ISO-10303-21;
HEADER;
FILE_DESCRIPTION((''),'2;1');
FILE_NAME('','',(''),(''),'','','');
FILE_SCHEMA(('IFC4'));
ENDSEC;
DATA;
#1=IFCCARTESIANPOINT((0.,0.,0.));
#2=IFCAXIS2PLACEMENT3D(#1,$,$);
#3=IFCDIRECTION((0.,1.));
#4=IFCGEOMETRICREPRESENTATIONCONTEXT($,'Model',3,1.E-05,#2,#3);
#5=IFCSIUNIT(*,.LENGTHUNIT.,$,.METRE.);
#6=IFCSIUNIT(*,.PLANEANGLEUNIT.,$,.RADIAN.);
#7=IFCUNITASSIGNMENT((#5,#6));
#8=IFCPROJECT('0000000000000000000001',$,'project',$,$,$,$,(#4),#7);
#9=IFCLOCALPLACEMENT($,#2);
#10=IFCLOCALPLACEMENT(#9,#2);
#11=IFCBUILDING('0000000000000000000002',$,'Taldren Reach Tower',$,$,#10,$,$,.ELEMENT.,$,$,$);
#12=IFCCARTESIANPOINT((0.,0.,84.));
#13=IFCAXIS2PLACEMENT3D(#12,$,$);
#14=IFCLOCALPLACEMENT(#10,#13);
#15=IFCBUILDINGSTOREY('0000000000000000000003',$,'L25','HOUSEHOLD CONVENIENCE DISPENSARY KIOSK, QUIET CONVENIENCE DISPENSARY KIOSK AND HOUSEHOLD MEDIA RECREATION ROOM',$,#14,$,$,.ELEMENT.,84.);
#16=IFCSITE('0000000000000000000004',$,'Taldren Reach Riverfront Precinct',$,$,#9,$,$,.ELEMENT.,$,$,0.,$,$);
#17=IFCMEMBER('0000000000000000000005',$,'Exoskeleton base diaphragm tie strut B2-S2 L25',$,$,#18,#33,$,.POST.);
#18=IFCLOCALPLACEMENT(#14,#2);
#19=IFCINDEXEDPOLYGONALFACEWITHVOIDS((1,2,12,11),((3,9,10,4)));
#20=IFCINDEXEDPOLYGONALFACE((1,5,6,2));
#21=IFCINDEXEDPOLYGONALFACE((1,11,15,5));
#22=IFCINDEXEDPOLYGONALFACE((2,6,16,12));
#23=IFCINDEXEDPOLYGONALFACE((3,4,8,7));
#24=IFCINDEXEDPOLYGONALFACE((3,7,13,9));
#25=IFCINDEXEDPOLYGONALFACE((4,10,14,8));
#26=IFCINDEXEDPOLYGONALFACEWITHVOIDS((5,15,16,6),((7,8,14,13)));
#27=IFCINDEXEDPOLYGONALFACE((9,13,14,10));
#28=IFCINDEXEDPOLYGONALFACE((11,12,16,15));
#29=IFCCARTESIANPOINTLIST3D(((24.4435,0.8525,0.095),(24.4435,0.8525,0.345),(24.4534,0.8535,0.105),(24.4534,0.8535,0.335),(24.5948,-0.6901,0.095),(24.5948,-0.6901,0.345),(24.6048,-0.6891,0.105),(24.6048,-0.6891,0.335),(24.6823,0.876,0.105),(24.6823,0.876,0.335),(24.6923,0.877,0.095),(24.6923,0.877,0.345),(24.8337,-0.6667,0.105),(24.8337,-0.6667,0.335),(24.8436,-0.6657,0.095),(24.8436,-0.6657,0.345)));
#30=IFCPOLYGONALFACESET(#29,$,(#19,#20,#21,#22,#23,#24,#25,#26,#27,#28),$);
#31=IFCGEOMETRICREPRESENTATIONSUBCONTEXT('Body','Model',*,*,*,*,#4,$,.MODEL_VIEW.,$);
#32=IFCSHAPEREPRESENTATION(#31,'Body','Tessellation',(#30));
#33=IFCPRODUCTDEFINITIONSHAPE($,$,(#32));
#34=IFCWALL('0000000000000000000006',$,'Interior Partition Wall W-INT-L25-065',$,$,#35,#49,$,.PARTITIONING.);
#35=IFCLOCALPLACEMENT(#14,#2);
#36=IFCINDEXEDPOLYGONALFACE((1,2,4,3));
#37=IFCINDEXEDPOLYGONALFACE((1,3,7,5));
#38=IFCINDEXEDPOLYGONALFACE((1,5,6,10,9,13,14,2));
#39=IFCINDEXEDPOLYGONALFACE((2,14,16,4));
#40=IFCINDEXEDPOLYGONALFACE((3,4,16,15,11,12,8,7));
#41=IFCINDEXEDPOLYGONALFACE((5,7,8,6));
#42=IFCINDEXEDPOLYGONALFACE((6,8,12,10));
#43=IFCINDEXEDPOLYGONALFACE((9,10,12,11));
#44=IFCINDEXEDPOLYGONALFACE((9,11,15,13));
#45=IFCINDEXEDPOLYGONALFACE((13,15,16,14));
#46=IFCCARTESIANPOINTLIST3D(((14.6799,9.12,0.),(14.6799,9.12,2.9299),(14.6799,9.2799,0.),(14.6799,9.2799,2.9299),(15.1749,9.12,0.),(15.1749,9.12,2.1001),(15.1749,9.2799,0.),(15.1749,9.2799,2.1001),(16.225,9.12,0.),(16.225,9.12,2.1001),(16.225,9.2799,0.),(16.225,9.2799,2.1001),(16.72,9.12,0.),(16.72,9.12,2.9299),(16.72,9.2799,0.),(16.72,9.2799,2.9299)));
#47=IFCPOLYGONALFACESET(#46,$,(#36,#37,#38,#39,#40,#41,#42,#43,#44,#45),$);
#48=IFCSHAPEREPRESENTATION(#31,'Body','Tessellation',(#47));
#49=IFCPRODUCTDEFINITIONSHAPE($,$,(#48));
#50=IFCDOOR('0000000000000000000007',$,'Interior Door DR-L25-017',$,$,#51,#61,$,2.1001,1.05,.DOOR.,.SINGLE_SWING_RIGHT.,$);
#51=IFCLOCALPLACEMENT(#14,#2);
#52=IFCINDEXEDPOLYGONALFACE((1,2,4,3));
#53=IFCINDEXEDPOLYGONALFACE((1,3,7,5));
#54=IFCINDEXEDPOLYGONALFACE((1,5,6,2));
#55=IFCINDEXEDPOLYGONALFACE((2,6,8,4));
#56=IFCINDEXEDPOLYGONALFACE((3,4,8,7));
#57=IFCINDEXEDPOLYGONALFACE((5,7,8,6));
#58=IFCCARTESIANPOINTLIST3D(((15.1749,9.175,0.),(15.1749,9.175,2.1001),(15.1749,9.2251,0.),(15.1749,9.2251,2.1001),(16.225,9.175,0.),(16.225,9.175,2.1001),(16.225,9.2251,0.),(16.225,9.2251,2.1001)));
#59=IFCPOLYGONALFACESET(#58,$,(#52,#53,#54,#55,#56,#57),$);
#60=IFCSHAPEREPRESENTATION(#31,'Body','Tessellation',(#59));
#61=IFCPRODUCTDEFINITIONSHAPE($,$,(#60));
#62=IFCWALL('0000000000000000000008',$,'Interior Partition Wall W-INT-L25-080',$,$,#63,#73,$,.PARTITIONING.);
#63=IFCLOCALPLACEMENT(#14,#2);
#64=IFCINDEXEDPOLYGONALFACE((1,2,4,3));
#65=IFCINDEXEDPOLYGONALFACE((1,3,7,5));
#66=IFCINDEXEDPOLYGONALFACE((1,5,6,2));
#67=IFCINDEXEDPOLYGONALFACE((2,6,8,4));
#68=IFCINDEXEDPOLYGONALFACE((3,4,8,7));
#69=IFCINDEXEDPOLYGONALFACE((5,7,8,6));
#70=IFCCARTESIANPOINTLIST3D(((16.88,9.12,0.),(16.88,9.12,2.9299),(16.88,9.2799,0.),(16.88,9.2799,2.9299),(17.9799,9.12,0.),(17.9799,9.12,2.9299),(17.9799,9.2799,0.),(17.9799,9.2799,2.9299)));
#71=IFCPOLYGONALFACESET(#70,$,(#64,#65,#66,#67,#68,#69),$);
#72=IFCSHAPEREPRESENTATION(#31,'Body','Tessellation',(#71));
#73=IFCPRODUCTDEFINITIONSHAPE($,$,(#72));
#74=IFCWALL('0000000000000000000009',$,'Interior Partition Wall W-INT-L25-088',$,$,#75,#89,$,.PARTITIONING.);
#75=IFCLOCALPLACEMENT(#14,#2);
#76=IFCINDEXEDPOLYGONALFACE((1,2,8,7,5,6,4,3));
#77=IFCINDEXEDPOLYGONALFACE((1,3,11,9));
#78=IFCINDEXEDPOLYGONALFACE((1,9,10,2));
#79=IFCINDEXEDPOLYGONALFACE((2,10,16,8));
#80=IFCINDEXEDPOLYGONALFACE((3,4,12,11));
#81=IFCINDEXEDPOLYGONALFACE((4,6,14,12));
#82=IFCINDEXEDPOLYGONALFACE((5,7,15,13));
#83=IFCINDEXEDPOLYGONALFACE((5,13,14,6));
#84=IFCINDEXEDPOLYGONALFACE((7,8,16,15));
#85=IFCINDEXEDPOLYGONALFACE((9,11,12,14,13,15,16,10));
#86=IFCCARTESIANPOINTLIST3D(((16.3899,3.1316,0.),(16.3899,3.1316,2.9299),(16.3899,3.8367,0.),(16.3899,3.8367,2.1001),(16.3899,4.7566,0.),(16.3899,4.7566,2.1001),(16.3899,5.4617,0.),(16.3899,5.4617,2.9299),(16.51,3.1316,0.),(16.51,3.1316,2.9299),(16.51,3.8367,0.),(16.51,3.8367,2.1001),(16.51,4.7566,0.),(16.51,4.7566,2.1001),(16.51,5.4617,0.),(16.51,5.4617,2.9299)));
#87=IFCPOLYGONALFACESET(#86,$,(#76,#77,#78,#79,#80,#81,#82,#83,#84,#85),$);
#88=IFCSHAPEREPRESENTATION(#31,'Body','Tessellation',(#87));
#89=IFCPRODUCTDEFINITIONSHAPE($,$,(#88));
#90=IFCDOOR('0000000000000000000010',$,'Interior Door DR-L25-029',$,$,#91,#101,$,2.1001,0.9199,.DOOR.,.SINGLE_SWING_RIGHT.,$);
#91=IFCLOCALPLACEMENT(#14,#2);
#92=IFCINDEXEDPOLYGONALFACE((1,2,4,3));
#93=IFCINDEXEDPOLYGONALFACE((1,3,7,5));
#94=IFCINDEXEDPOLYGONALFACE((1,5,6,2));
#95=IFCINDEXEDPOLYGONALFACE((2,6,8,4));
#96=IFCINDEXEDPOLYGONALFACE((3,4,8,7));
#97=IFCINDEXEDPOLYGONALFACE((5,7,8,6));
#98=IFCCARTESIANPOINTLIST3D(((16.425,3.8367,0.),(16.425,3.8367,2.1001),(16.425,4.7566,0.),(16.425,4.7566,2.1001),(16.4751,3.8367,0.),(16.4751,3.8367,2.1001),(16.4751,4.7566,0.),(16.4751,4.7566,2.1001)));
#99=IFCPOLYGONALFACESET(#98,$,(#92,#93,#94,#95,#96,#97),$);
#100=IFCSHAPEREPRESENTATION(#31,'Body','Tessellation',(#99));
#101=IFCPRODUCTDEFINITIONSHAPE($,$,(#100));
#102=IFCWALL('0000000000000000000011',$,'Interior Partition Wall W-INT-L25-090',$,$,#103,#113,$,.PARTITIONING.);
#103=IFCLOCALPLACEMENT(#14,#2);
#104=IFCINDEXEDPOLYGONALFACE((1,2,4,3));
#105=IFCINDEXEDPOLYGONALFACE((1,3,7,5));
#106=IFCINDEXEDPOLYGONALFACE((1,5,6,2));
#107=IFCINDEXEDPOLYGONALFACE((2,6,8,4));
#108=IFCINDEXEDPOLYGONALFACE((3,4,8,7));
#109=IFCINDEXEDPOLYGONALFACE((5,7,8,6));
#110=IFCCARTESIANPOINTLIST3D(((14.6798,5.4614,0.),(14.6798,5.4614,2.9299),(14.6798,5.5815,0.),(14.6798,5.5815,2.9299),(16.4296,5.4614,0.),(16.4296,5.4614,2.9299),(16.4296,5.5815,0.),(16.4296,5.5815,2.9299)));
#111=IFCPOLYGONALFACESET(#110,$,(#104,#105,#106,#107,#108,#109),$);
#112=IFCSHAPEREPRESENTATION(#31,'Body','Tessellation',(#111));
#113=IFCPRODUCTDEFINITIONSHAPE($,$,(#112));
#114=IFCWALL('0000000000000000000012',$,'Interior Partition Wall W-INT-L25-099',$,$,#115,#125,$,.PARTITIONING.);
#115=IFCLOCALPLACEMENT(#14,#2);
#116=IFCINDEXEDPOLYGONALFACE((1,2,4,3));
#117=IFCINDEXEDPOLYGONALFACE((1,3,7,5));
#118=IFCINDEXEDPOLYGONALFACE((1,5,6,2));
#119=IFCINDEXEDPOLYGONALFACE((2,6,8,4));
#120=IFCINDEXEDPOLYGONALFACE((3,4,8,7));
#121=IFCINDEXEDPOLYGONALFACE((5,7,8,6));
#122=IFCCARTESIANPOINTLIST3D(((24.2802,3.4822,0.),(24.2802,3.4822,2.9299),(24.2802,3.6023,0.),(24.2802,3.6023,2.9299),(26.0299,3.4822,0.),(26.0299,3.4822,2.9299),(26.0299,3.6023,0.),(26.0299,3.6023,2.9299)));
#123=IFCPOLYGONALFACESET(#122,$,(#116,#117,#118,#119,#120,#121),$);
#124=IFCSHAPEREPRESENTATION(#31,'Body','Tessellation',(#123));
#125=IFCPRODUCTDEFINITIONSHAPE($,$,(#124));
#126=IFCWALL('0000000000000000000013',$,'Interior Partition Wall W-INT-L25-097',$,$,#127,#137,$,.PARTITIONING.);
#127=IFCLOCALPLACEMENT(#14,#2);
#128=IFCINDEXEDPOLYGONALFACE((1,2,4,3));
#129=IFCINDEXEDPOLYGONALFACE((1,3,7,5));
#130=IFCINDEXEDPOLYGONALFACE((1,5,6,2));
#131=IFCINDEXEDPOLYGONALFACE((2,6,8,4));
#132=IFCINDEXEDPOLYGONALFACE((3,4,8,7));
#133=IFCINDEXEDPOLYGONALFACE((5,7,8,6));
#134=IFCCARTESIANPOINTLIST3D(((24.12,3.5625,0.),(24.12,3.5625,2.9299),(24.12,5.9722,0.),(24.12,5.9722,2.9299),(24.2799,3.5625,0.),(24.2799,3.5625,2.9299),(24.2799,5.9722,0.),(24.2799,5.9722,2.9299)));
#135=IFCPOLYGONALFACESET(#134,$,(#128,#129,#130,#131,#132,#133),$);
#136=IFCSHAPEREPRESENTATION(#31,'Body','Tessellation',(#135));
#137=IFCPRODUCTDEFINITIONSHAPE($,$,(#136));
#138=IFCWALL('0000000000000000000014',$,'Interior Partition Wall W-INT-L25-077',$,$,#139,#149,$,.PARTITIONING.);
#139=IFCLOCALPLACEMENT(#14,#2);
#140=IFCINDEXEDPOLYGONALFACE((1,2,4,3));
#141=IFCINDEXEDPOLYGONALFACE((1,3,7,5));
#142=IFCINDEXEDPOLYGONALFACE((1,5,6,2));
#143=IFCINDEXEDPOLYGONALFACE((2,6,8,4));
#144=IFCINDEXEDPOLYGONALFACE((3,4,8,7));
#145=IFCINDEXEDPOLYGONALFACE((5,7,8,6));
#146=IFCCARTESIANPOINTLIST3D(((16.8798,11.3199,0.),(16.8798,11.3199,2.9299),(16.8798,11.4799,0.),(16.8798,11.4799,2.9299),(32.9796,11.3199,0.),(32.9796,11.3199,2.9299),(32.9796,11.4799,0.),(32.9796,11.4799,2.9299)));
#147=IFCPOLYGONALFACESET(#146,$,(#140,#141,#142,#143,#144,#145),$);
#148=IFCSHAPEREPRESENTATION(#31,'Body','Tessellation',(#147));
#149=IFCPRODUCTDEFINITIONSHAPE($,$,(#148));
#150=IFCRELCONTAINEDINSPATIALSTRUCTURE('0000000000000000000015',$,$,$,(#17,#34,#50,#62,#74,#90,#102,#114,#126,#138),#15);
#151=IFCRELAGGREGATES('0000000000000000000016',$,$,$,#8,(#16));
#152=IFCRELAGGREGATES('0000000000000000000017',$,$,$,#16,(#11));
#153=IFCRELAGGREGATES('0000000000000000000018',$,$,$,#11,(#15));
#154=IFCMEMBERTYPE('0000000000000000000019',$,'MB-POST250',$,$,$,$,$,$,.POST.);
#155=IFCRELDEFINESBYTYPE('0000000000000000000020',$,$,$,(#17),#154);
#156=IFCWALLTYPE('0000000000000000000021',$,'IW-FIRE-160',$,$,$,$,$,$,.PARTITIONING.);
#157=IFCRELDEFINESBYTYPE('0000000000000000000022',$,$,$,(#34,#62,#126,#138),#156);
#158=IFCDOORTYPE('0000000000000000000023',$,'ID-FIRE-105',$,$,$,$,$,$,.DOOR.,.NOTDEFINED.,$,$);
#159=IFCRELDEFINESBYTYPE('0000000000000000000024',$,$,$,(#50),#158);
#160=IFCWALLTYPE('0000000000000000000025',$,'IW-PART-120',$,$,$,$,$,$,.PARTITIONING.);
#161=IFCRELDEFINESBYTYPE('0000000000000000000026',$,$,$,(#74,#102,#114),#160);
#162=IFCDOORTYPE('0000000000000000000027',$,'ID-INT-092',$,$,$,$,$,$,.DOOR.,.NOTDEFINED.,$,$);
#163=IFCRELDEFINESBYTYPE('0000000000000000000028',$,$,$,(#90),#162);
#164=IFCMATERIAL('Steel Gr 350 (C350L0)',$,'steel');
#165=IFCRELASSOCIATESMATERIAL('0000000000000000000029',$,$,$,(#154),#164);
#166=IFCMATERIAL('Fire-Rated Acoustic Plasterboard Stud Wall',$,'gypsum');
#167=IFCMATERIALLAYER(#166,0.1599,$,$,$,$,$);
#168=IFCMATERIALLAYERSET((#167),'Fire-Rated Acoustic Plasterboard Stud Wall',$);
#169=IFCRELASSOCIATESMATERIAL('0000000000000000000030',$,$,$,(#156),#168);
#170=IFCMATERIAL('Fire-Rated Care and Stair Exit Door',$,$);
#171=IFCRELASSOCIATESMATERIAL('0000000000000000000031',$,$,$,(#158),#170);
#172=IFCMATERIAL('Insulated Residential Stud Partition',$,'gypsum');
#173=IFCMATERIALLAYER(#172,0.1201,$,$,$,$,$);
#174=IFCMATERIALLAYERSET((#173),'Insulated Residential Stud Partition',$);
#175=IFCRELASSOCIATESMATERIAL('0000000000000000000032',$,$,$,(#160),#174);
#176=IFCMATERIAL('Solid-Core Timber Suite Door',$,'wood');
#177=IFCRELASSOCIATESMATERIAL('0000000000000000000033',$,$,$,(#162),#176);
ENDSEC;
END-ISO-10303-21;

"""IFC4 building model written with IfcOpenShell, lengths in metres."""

from ifc_helpers import new_model, si_unit, direction, frame, frame_2d, origin, origin_2d, place, context, subcontext, project, spatial, rectangle, hollow_rectangle, extrude, source, transform, mapped, material, layer, layer_set, material_profile, profile_set, type_object, element, fill, save


model = new_model("IFC4")

# Units and contexts
model_context = context("Model", 3, precision=1e-05, world=origin(), true_north=direction((0.0, 1.0)))
body_context = subcontext(model_context, "Body", "Model", "MODEL_VIEW")
ifc_project = project(units=[si_unit("LENGTHUNIT", "METRE"), si_unit("PLANEANGLEUNIT", "RADIAN")], contexts=[model_context])

# Site, building, storey
site_placement = place(None, origin())
site = spatial("IfcSite", under=ifc_project, at=site_placement, Name="Taldren Reach Riverfront Precinct", CompositionType="ELEMENT", RefElevation=0.0)
building_placement = place(site_placement, origin())
building = spatial("IfcBuilding", under=site, at=building_placement, Name="Taldren Reach Tower", CompositionType="ELEMENT")
storey_placement = place(building_placement, frame((0.0, 0.0, 84.0)))
storey = spatial("IfcBuildingStorey", under=building, at=storey_placement, Name="L25", Description="HOUSEHOLD CONVENIENCE DISPENSARY KIOSK, QUIET CONVENIENCE DISPENSARY KIOSK AND HOUSEHOLD MEDIA RECREATION ROOM", CompositionType="ELEMENT", Elevation=84.0)

# Member
ifc_material_1 = material(Name="Steel Gr 350 (C350L0)", Category="steel")
ifc_material_profile_1 = material_profile(ifc_material_1, hollow_rectangle(XDim=0.25, YDim=0.25, WallThickness=0.01, at=origin_2d()), Name="250x250x10.0SHS")
ifc_profile_set_1 = profile_set([ifc_material_profile_1], Name="Steel Gr 350 (C350L0)")
member_type_1 = type_object("IfcMemberType", Name="MB-POST250", PredefinedType="POST", material=ifc_profile_set_1)
shared_shape_1 = source(origin(), body_context, "Body", "SweptSolid", [
    extrude(hollow_rectangle(XDim=0.25, YDim=0.25, WallThickness=0.01, at=origin_2d()), origin(), (0.0, 0.0, 1.0), 1.55),
])
member_1_placement = place(storey_placement, frame((24.5679, 0.8647, 0.22), z_axis=(0.097648, -0.995221, 0.0), x_axis=(0.995221, 0.097648, 0.0)))
element("IfcMember", 1, at=member_1_placement, inside=storey, type_object=member_type_1, Name="Exoskeleton base diaphragm tie strut B2-S2 L25", PredefinedType="POST", context=body_context, shape_type="MappedRepresentation", body=[
    mapped(shared_shape_1, transform((0.0, 0.0, 0.0), scale=1.0)),
])

# Wall, opening, door
ifc_material_2 = material(Name="Fire-Rated Acoustic Plasterboard Stud Wall", Category="gypsum")
ifc_layer_1 = layer(ifc_material_2, 0.1599)
ifc_layer_set_1 = layer_set([ifc_layer_1], Name="Fire-Rated Acoustic Plasterboard Stud Wall")
wall_type_1 = type_object("IfcWallType", Name="IW-FIRE-160", PredefinedType="PARTITIONING", material=ifc_layer_set_1)
shared_shape_2 = source(origin(), body_context, "Body", "SweptSolid", [
    extrude(rectangle(XDim=2.04, YDim=0.1599, at=frame_2d((1.02, 0.0))), origin(), (0.0, 0.0, 1.0), 2.9299),
])
wall_1_placement = place(storey_placement, frame((16.72, 9.2, 0.0), z_axis=(0.0, 0.0, 1.0), x_axis=(-1.0, 0.0, 0.0)))
wall_1 = element("IfcWall", 2, at=wall_1_placement, inside=storey, type_object=wall_type_1, Name="Interior Partition Wall W-INT-L25-065", PredefinedType="PARTITIONING", context=body_context, shape_type="MappedRepresentation", body=[
    mapped(shared_shape_2, transform((0.0, 0.0, 0.0), scale=1.0)),
])
shared_shape_3 = source(origin(), body_context, "Body", "SweptSolid", [
    extrude(rectangle(XDim=1.05, YDim=2.1001, at=frame_2d((0.5249, 1.05))), frame((0.0, 0.0898, 0.0), z_axis=(0.0, -1.0, 0.0), x_axis=(1.0, 0.0, 0.0)), (0.0, 0.0, 1.0), 0.1799),
])
opening_1_placement = place(wall_1_placement, frame((0.4951, 0.0, 0.0)))
opening_1 = element("IfcOpeningElement", 3, at=opening_1_placement, cuts=wall_1, PredefinedType="OPENING", context=body_context, shape_type="MappedRepresentation", body=[
    mapped(shared_shape_3, transform((0.0, 0.0, 0.0), scale=1.0)),
])
ifc_material_3 = material(Name="Fire-Rated Care and Stair Exit Door")
door_type_1 = type_object("IfcDoorType", Name="ID-FIRE-105", OperationType="NOTDEFINED", PredefinedType="DOOR", material=ifc_material_3)
shared_shape_4 = source(origin(), body_context, "Body", "SweptSolid", [
    extrude(rectangle(XDim=1.05, YDim=2.1001, at=frame_2d((0.5249, 1.05))), frame((0.0, 0.0249, 0.0), z_axis=(0.0, -1.0, 0.0), x_axis=(1.0, 0.0, 0.0)), (0.0, 0.0, 1.0), 0.05),
])
door_1_placement = place(opening_1_placement, origin())
door_1 = element("IfcDoor", 4, at=door_1_placement, inside=storey, type_object=door_type_1, Name="Interior Door DR-L25-017", OperationType="SINGLE_SWING_RIGHT", OverallHeight=2.1001, OverallWidth=1.05, PredefinedType="DOOR", context=body_context, shape_type="MappedRepresentation", body=[
    mapped(shared_shape_4, transform((0.0, 0.0, 0.0), scale=1.0)),
])
fill(opening_1, door_1)

# Wall
shared_shape_5 = source(origin(), body_context, "Body", "SweptSolid", [
    extrude(rectangle(XDim=1.0999, YDim=0.1599, at=frame_2d((0.5498, 0.0))), origin(), (0.0, 0.0, 1.0), 2.9299),
])
wall_2_placement = place(storey_placement, frame((17.9797, 9.2, 0.0), z_axis=(0.0, 0.0, 1.0), x_axis=(-1.0, 0.0, 0.0)))
element("IfcWall", 5, at=wall_2_placement, inside=storey, type_object=wall_type_1, Name="Interior Partition Wall W-INT-L25-080", PredefinedType="PARTITIONING", context=body_context, shape_type="MappedRepresentation", body=[
    mapped(shared_shape_5, transform((0.0, 0.0, 0.0), scale=1.0)),
])

# Wall, opening, door
ifc_material_4 = material(Name="Insulated Residential Stud Partition", Category="gypsum")
ifc_layer_2 = layer(ifc_material_4, 0.1201)
ifc_layer_set_2 = layer_set([ifc_layer_2], Name="Insulated Residential Stud Partition")
wall_type_2 = type_object("IfcWallType", Name="IW-PART-120", PredefinedType="PARTITIONING", material=ifc_layer_set_2)
shared_shape_6 = source(origin(), body_context, "Body", "SweptSolid", [
    extrude(rectangle(XDim=2.3301, YDim=0.1201, at=frame_2d((1.165, 0.0))), origin(), (0.0, 0.0, 1.0), 2.9299),
])
wall_3_placement = place(storey_placement, frame((16.45, 3.1316, 0.0), z_axis=(0.0, 0.0, 1.0), x_axis=(0.0, 1.0, 0.0)))
wall_3 = element("IfcWall", 6, at=wall_3_placement, inside=storey, type_object=wall_type_2, Name="Interior Partition Wall W-INT-L25-088", PredefinedType="PARTITIONING", context=body_context, shape_type="MappedRepresentation", body=[
    mapped(shared_shape_6, transform((0.0, 0.0, 0.0), scale=1.0)),
])
shared_shape_7 = source(origin(), body_context, "Body", "SweptSolid", [
    extrude(rectangle(XDim=0.9199, YDim=2.1001, at=frame_2d((0.46, 1.05))), frame((0.0, 0.0701, 0.0), z_axis=(0.0, -1.0, 0.0), x_axis=(1.0, 0.0, 0.0)), (0.0, 0.0, 1.0), 0.1401),
])
opening_2_placement = place(wall_3_placement, frame((0.7051, 0.0, 0.0)))
opening_2 = element("IfcOpeningElement", 7, at=opening_2_placement, cuts=wall_3, PredefinedType="OPENING", context=body_context, shape_type="MappedRepresentation", body=[
    mapped(shared_shape_7, transform((0.0, 0.0, 0.0), scale=1.0)),
])
ifc_material_5 = material(Name="Solid-Core Timber Suite Door", Category="wood")
door_type_2 = type_object("IfcDoorType", Name="ID-INT-092", OperationType="NOTDEFINED", PredefinedType="DOOR", material=ifc_material_5)
shared_shape_8 = source(origin(), body_context, "Body", "SweptSolid", [
    extrude(rectangle(XDim=0.9199, YDim=2.1001, at=frame_2d((0.46, 1.05))), frame((0.0, 0.0249, 0.0), z_axis=(0.0, -1.0, 0.0), x_axis=(1.0, 0.0, 0.0)), (0.0, 0.0, 1.0), 0.05),
])
door_2_placement = place(opening_2_placement, origin())
door_2 = element("IfcDoor", 8, at=door_2_placement, inside=storey, type_object=door_type_2, Name="Interior Door DR-L25-029", OperationType="SINGLE_SWING_RIGHT", OverallHeight=2.1001, OverallWidth=0.9199, PredefinedType="DOOR", context=body_context, shape_type="MappedRepresentation", body=[
    mapped(shared_shape_8, transform((0.0, 0.0, 0.0), scale=1.0)),
])
fill(opening_2, door_2)

# Walls
shared_shape_9 = source(origin(), body_context, "Body", "SweptSolid", [
    extrude(rectangle(XDim=1.7498, YDim=0.1201, at=frame_2d((0.875, 0.0))), origin(), (0.0, 0.0, 1.0), 2.9299),
])
for number, where, z_axis, x_axis, name in (
    (9, (16.4297, 5.5215, 0.0), (0.0, 0.0, 1.0), (-1.0, 0.0, 0.0), "Interior Partition Wall W-INT-L25-090"),
    (10, (24.28, 3.5422, 0.0), (0.0, 0.0, 1.0), (1.0, 0.0, 0.0), "Interior Partition Wall W-INT-L25-099"),
):
    element("IfcWall", number, at=place(storey_placement, frame(where, z_axis=z_axis, x_axis=x_axis)), inside=storey, type_object=wall_type_2, Name=name, PredefinedType="PARTITIONING", context=body_context, shape_type="MappedRepresentation", body=[
        mapped(shared_shape_9, transform((0.0, 0.0, 0.0), scale=1.0)),
    ])
shared_shape_10 = source(origin(), body_context, "Body", "SweptSolid", [
    extrude(rectangle(XDim=2.4097, YDim=0.1599, at=frame_2d((1.2048, 0.0))), origin(), (0.0, 0.0, 1.0), 2.9299),
])
wall_4_placement = place(storey_placement, frame((24.2, 5.9722, 0.0), z_axis=(0.0, 0.0, 1.0), x_axis=(0.0, -1.0, 0.0)))
element("IfcWall", 11, at=wall_4_placement, inside=storey, type_object=wall_type_1, Name="Interior Partition Wall W-INT-L25-097", PredefinedType="PARTITIONING", context=body_context, shape_type="MappedRepresentation", body=[
    mapped(shared_shape_10, transform((0.0, 0.0, 0.0), scale=1.0)),
])
shared_shape_11 = source(origin(), body_context, "Body", "SweptSolid", [
    extrude(rectangle(XDim=16.0999, YDim=0.1599, at=frame_2d((8.0498, 0.0))), origin(), (0.0, 0.0, 1.0), 2.9299),
])
wall_5_placement = place(storey_placement, frame((16.8799, 11.3999, 0.0), z_axis=(0.0, 0.0, 1.0), x_axis=(1.0, 0.0, 0.0)))
element("IfcWall", 12, at=wall_5_placement, inside=storey, type_object=wall_type_1, Name="Interior Partition Wall W-INT-L25-077", PredefinedType="PARTITIONING", context=body_context, shape_type="MappedRepresentation", body=[
    mapped(shared_shape_11, transform((0.0, 0.0, 0.0), scale=1.0)),
])

save(model, "model.ifc")
